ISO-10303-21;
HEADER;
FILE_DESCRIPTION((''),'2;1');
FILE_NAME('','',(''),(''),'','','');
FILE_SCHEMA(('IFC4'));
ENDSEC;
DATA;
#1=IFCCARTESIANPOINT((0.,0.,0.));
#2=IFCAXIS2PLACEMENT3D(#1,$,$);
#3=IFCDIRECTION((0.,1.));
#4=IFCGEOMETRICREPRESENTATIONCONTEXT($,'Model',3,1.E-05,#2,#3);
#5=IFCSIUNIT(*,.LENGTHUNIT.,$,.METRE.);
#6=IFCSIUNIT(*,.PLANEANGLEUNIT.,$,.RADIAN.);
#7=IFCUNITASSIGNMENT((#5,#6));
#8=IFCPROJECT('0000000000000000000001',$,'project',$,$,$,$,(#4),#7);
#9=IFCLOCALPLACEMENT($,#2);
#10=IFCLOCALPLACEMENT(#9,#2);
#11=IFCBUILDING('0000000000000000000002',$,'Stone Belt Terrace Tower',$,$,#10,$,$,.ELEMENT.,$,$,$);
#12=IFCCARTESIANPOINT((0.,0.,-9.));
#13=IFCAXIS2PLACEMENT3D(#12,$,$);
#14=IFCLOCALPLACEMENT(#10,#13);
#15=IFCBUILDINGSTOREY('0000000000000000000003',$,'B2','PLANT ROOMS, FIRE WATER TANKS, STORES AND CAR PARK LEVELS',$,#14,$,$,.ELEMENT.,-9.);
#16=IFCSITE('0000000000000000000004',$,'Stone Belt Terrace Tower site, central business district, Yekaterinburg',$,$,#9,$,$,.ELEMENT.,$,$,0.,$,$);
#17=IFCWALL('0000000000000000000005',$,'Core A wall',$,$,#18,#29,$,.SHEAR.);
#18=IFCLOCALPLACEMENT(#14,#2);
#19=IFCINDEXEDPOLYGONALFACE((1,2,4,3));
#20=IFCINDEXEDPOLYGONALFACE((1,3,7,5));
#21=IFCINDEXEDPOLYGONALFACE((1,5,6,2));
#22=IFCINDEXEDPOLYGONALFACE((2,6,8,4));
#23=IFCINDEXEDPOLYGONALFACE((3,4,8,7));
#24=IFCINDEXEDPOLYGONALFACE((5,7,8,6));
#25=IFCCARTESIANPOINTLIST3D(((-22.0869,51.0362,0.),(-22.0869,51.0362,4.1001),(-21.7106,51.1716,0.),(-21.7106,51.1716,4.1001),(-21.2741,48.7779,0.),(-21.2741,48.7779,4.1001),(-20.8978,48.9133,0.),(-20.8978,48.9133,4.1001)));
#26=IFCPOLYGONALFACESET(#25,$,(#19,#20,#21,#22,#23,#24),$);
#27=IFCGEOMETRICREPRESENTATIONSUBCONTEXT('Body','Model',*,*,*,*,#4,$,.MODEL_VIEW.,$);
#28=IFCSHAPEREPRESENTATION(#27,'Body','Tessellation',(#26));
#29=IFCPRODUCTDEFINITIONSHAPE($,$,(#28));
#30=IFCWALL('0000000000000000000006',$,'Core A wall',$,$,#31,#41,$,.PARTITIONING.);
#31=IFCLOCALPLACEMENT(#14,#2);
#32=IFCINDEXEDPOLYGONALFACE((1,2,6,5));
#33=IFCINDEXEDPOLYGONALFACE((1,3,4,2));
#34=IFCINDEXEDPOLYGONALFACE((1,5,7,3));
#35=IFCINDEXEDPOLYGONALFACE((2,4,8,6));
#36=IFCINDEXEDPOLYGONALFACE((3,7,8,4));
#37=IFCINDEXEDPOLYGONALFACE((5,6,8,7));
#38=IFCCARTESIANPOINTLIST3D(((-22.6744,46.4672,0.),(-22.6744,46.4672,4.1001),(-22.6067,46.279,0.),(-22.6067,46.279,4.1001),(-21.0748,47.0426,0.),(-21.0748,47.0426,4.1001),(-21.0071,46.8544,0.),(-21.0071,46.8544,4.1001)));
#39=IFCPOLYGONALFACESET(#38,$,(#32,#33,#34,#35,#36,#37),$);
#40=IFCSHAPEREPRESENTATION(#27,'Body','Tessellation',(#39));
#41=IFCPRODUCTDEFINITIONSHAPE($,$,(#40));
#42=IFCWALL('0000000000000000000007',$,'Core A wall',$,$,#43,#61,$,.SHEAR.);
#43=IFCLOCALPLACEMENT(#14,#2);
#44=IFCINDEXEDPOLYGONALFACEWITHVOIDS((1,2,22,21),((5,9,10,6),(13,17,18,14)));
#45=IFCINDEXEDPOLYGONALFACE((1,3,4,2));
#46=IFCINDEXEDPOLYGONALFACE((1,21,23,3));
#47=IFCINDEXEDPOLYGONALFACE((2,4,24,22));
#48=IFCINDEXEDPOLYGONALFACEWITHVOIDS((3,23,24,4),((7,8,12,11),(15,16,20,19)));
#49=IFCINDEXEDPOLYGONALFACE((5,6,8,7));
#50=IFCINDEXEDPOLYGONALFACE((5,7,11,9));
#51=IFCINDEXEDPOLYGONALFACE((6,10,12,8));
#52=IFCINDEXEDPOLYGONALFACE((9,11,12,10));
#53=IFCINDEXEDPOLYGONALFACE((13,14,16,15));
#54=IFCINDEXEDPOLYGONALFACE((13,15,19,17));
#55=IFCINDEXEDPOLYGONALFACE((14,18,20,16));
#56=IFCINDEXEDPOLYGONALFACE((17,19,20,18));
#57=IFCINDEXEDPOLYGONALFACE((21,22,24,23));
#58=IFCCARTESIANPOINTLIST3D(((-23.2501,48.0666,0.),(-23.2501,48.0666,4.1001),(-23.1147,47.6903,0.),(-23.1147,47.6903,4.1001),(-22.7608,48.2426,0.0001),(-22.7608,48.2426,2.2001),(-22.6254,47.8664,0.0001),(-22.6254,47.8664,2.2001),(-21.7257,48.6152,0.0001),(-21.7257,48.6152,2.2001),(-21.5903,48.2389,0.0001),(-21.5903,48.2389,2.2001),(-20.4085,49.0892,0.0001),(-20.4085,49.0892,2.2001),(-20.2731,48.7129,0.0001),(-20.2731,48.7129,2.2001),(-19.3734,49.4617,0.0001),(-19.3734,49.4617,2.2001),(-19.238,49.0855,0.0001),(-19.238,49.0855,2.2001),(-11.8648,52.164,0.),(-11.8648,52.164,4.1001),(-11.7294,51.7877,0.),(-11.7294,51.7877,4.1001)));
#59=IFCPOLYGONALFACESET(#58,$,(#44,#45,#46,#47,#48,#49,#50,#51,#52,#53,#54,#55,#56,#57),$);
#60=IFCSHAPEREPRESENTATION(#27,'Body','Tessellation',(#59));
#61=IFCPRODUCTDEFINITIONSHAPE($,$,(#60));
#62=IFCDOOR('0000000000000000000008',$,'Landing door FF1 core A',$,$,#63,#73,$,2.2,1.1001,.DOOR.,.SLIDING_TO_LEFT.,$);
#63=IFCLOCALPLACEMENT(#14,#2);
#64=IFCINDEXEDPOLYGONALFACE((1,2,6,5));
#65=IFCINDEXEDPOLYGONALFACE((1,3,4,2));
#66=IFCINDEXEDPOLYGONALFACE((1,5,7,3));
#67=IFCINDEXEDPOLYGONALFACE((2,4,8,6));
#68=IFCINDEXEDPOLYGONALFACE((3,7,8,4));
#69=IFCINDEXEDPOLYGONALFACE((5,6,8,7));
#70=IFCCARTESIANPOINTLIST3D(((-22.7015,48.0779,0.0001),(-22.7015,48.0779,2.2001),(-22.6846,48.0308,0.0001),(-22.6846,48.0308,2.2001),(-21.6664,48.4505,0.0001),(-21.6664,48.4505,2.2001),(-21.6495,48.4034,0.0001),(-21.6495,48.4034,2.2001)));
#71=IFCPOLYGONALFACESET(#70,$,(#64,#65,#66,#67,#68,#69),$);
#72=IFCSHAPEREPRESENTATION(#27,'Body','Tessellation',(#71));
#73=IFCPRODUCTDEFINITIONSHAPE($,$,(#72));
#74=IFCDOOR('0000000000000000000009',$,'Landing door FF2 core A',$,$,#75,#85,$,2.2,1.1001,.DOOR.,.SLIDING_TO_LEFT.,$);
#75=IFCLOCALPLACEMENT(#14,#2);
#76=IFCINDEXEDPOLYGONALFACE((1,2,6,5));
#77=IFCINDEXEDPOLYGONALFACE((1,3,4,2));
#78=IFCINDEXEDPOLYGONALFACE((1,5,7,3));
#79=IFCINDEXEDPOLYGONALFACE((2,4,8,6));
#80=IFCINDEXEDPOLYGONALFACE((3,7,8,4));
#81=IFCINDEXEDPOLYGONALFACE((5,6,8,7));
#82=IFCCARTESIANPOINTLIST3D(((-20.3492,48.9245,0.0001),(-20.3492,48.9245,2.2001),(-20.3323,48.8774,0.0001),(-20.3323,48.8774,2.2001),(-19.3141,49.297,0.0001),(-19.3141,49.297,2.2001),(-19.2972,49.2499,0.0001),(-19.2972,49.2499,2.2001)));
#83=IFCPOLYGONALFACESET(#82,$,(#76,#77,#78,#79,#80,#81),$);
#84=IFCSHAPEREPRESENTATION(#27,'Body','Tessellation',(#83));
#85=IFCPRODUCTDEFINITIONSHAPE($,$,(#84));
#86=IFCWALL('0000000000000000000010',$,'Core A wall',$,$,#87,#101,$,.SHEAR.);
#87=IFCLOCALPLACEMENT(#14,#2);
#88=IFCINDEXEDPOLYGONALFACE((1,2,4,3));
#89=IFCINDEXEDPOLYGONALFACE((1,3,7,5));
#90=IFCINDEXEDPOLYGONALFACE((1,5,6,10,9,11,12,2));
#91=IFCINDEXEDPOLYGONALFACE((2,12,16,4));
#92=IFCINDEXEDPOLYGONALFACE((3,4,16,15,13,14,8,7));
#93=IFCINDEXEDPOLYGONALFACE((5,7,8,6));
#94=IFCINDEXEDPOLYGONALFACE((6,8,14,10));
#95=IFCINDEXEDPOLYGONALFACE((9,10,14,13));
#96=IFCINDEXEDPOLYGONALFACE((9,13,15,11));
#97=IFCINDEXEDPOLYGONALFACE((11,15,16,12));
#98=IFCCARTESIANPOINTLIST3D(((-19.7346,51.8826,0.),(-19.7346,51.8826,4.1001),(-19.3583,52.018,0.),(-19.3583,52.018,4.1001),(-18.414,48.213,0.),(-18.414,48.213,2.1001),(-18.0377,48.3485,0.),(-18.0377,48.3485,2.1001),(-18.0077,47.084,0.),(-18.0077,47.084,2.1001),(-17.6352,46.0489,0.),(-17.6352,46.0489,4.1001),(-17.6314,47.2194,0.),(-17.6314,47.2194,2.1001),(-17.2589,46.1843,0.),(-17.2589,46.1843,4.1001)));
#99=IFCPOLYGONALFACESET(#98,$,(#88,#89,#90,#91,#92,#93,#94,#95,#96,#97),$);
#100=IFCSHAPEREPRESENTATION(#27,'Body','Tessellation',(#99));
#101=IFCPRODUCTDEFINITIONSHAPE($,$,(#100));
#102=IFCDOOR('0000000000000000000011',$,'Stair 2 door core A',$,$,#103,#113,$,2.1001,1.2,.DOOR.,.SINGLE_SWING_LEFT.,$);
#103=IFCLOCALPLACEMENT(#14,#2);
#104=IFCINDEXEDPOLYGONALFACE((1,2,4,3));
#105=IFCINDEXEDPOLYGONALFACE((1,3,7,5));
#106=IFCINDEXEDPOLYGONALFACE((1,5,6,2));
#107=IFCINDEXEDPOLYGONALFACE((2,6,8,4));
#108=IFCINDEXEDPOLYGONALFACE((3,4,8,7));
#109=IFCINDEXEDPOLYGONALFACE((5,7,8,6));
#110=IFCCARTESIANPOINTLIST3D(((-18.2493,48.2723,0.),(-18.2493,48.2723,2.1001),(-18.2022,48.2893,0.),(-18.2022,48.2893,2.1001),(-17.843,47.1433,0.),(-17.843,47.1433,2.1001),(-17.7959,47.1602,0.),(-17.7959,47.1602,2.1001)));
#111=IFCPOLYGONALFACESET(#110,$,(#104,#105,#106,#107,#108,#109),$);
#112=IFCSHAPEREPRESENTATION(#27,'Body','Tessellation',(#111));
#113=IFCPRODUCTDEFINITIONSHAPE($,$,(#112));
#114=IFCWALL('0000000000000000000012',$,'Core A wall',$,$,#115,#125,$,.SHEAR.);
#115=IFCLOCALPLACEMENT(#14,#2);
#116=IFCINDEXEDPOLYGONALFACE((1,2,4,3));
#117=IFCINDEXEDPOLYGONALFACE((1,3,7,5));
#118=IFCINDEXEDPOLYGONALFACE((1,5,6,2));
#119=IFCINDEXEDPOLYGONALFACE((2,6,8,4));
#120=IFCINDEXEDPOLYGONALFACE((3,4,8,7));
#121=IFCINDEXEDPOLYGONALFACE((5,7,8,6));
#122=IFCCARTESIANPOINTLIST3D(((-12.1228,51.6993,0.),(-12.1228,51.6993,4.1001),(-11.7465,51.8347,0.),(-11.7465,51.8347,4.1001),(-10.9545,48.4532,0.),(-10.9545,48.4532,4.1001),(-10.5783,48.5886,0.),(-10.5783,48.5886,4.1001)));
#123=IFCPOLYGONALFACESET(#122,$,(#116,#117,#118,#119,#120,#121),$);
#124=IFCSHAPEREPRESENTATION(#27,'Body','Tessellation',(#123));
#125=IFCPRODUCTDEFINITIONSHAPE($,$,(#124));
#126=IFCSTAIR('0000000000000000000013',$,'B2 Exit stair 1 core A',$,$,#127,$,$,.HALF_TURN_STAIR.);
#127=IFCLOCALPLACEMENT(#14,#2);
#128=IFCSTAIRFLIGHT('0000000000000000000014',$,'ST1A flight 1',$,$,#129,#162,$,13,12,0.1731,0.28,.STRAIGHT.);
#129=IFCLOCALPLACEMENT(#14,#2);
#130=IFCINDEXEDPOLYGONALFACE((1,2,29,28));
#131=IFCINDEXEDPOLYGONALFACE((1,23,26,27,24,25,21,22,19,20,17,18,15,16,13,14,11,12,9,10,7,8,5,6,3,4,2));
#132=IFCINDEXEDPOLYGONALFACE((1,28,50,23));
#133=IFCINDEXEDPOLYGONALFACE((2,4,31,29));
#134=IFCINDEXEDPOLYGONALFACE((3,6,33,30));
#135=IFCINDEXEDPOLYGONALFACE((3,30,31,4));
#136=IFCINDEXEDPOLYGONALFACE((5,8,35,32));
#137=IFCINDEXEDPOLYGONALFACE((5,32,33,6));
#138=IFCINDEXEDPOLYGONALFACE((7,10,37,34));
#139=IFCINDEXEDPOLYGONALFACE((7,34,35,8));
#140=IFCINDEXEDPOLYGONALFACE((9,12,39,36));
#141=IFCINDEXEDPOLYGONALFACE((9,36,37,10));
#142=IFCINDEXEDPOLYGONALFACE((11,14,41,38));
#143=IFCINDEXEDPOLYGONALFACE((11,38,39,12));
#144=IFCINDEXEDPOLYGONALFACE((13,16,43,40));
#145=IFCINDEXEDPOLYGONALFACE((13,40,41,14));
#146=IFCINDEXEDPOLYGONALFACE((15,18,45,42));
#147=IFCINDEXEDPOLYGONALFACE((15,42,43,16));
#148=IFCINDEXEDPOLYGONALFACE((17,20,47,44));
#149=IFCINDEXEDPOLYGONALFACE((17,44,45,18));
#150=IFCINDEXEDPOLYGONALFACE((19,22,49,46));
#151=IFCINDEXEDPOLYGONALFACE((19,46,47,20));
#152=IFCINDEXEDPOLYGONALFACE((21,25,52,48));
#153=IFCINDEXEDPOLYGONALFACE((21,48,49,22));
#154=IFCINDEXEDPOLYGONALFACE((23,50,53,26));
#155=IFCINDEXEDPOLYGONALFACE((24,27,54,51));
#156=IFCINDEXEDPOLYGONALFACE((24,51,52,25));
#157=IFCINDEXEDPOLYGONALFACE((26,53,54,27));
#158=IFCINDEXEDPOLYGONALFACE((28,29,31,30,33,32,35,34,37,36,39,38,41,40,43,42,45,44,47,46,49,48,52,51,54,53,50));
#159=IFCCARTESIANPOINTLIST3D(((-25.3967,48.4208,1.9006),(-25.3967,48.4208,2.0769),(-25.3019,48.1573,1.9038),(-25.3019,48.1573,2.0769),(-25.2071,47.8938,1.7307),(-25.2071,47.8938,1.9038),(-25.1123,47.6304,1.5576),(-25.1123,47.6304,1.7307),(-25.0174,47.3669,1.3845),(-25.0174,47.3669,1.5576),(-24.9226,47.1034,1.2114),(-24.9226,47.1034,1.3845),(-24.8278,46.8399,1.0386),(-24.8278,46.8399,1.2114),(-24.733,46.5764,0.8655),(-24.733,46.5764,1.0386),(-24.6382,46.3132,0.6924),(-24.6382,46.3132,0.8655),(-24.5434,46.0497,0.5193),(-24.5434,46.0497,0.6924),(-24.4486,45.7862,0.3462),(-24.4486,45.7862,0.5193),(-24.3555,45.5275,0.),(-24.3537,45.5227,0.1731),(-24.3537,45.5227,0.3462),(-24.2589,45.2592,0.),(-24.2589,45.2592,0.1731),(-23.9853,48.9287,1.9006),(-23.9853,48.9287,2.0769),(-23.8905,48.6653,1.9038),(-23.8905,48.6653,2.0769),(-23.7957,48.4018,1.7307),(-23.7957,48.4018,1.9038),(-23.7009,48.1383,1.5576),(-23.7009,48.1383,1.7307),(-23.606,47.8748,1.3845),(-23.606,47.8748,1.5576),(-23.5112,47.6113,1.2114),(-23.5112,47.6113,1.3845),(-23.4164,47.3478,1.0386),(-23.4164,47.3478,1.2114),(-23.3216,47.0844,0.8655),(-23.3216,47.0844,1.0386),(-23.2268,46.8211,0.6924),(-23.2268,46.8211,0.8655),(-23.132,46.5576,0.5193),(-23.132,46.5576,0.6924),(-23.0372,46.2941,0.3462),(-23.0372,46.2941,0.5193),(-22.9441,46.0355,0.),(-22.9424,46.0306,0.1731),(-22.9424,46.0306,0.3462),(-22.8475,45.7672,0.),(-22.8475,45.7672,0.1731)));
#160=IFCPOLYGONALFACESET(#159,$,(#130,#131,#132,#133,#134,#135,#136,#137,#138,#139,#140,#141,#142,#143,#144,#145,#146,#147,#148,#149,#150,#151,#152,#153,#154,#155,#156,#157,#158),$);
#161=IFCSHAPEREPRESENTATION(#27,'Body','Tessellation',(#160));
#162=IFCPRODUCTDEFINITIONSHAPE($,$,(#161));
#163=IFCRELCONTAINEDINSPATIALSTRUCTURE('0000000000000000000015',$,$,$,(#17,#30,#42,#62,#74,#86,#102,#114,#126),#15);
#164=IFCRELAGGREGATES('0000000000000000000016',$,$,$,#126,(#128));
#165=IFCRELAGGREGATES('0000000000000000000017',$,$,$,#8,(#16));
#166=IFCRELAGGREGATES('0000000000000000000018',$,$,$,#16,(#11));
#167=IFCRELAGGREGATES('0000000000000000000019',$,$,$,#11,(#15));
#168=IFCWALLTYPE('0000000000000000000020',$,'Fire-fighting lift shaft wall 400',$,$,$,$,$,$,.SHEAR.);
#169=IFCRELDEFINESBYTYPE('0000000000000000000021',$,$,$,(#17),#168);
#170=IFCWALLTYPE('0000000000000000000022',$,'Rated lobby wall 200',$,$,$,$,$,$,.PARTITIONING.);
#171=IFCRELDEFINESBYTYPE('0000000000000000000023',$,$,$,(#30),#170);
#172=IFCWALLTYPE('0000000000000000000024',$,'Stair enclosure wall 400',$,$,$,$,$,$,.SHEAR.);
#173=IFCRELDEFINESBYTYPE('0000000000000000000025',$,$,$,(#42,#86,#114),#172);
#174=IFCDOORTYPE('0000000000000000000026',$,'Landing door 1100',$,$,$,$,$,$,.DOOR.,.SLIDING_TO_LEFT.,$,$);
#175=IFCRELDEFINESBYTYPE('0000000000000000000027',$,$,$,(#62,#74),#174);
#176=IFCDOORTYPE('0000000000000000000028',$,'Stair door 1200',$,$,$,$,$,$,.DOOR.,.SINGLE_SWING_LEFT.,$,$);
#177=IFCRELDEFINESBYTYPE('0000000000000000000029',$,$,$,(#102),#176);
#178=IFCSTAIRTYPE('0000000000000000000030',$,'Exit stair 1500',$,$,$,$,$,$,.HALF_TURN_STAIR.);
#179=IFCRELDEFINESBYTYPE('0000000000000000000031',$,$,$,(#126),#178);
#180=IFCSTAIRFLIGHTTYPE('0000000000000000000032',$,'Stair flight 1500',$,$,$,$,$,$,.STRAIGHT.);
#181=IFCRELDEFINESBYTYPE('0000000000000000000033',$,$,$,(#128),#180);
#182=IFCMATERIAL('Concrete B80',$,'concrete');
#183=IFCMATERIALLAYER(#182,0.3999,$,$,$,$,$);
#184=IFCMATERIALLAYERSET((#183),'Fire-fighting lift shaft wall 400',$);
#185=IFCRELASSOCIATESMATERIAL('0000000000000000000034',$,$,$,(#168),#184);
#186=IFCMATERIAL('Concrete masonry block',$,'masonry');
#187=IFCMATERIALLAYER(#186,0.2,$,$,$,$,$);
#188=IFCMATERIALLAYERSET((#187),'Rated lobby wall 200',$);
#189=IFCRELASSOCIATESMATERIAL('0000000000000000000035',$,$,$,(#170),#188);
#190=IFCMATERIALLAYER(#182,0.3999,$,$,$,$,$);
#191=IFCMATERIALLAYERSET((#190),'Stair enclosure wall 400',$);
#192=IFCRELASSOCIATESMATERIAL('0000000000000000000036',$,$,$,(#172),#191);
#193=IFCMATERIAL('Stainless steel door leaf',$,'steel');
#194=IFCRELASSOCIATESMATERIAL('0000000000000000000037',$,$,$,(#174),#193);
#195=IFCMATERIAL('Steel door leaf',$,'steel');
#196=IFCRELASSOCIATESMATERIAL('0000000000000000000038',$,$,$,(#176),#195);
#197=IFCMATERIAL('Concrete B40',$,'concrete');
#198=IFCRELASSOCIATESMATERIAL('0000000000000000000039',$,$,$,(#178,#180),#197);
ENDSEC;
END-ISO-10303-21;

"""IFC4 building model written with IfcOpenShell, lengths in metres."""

from ifc_helpers import new_model, si_unit, direction, frame, frame_2d, origin, place, context, subcontext, project, spatial, polyline, rectangle, outline, extrude, material, layer, layer_set, type_object, element, fill, aggregate, save


model = new_model("IFC4")

# Units and contexts
model_context = context("Model", 3, precision=1e-05, world=origin(), true_north=direction((0.0, 1.0)))
body_context = subcontext(model_context, "Body", "Model", "MODEL_VIEW")
ifc_project = project(units=[si_unit("LENGTHUNIT", "METRE"), si_unit("PLANEANGLEUNIT", "RADIAN")], contexts=[model_context])

# Site, building, storey
site_placement = place(None, origin())
site = spatial("IfcSite", under=ifc_project, at=site_placement, Name="Stone Belt Terrace Tower site, central business district, Yekaterinburg", CompositionType="ELEMENT", RefElevation=0.0)
building_placement = place(site_placement, origin())
building = spatial("IfcBuilding", under=site, at=building_placement, Name="Stone Belt Terrace Tower", CompositionType="ELEMENT")
storey_placement = place(building_placement, frame((0.0, 0.0, -9.0)))
storey = spatial("IfcBuildingStorey", under=building, at=storey_placement, Name="B2", Description="PLANT ROOMS, FIRE WATER TANKS, STORES AND CAR PARK LEVELS", CompositionType="ELEMENT", Elevation=-9.0)

# Shared definitions
ifc_material_1 = material(Name="Concrete B80", Category="concrete")

# Walls
ifc_layer_1 = layer(ifc_material_1, 0.3999)
ifc_layer_set_1 = layer_set([ifc_layer_1], Name="Fire-fighting lift shaft wall 400")
wall_type_1 = type_object("IfcWallType", Name="Fire-fighting lift shaft wall 400", PredefinedType="SHEAR", material=ifc_layer_set_1)
wall_1_placement = place(storey_placement, frame((-21.0859, 48.8455, 0.0), z_axis=(0.0, 0.0, 1.0), x_axis=(-0.338629, 0.94092, 0.0)))
element("IfcWall", 1, at=wall_1_placement, inside=storey, type_object=wall_type_1, Name="Core A wall", PredefinedType="SHEAR", context=body_context, shape_type="SweptSolid", body=[
    extrude(rectangle(XDim=2.4001, YDim=0.3999, at=frame_2d((1.2002, 0.0))), origin(), (0.0, 0.0, 1.0), 4.1001),
])
ifc_material_2 = material(Name="Concrete masonry block", Category="masonry")
ifc_layer_2 = layer(ifc_material_2, 0.2)
ifc_layer_set_2 = layer_set([ifc_layer_2], Name="Rated lobby wall 200")
wall_type_2 = type_object("IfcWallType", Name="Rated lobby wall 200", PredefinedType="PARTITIONING", material=ifc_layer_set_2)
wall_2_placement = place(storey_placement, frame((-22.6406, 46.373, 0.0), z_axis=(0.0, 0.0, 1.0), x_axis=(0.940966, 0.338501, 0.0)))
element("IfcWall", 2, at=wall_2_placement, inside=storey, type_object=wall_type_2, Name="Core A wall", PredefinedType="PARTITIONING", context=body_context, shape_type="SweptSolid", body=[
    extrude(rectangle(XDim=1.7, YDim=0.2, at=frame_2d((0.8501, 0.0))), origin(), (0.0, 0.0, 1.0), 4.1001),
])

# Wall, openings, doors
ifc_layer_3 = layer(ifc_material_1, 0.3999)
ifc_layer_set_3 = layer_set([ifc_layer_3], Name="Stair enclosure wall 400")
wall_type_3 = type_object("IfcWallType", Name="Stair enclosure wall 400", PredefinedType="SHEAR", material=ifc_layer_set_3)
wall_3_placement = place(storey_placement, frame((-23.1824, 47.8784, 0.0), z_axis=(0.0, 0.0, 1.0), x_axis=(0.940921, 0.338626, 0.0)))
wall_3 = element("IfcWall", 3, at=wall_3_placement, inside=storey, type_object=wall_type_3, Name="Core A wall", PredefinedType="SHEAR", context=body_context, shape_type="SweptSolid", body=[
    extrude(rectangle(XDim=12.1001, YDim=0.3999, at=frame_2d((6.05, 0.0))), origin(), (0.0, 0.0, 1.0), 4.1001),
])
opening_1_placement = place(wall_3_placement, frame((0.52, 0.0, 0.0)))
opening_1 = element("IfcOpeningElement", 4, at=opening_1_placement, cuts=wall_3, PredefinedType="OPENING", context=body_context, shape_type="SweptSolid", body=[
    extrude(rectangle(XDim=1.1001, YDim=2.2, at=frame_2d((0.55, 1.1001))), frame((0.0, 0.21, 0.0), z_axis=(0.0, -1.0, 0.0), x_axis=(1.0, 0.0, 0.0)), (0.0, 0.0, 1.0), 0.4199),
])
opening_2_placement = place(wall_3_placement, frame((3.02, 0.0, 0.0)))
opening_2 = element("IfcOpeningElement", 5, at=opening_2_placement, cuts=wall_3, PredefinedType="OPENING", context=body_context, shape_type="SweptSolid", body=[
    extrude(rectangle(XDim=1.1001, YDim=2.2, at=frame_2d((0.55, 1.1001))), frame((0.0, 0.21, 0.0), z_axis=(0.0, -1.0, 0.0), x_axis=(1.0, 0.0, 0.0)), (0.0, 0.0, 1.0), 0.4199),
])
ifc_material_3 = material(Name="Stainless steel door leaf", Category="steel")
door_type_1 = type_object("IfcDoorType", Name="Landing door 1100", OperationType="SLIDING_TO_LEFT", PredefinedType="DOOR", material=ifc_material_3)
door_1_placement = place(opening_1_placement, origin())
door_1 = element("IfcDoor", 6, at=door_1_placement, inside=storey, type_object=door_type_1, Name="Landing door FF1 core A", OperationType="SLIDING_TO_LEFT", OverallHeight=2.2, OverallWidth=1.1001, PredefinedType="DOOR", context=body_context, shape_type="SweptSolid", body=[
    extrude(rectangle(XDim=1.1001, YDim=2.2, at=frame_2d((0.55, 1.1001))), frame((0.0, 0.0249, 0.0), z_axis=(0.0, -1.0, 0.0), x_axis=(1.0, 0.0, 0.0)), (0.0, 0.0, 1.0), 0.05),
])
fill(opening_1, door_1)
door_2_placement = place(opening_2_placement, origin())
door_2 = element("IfcDoor", 7, at=door_2_placement, inside=storey, type_object=door_type_1, Name="Landing door FF2 core A", OperationType="SLIDING_TO_LEFT", OverallHeight=2.2, OverallWidth=1.1001, PredefinedType="DOOR", context=body_context, shape_type="SweptSolid", body=[
    extrude(rectangle(XDim=1.1001, YDim=2.2, at=frame_2d((0.55, 1.1001))), frame((0.0, 0.0249, 0.0), z_axis=(0.0, -1.0, 0.0), x_axis=(1.0, 0.0, 0.0)), (0.0, 0.0, 1.0), 0.05),
])
fill(opening_2, door_2)

# Wall, opening, door
wall_4_placement = place(storey_placement, frame((-17.447, 46.1165, 0.0), z_axis=(0.0, 0.0, 1.0), x_axis=(-0.338608, 0.940928, 0.0)))
wall_4 = element("IfcWall", 8, at=wall_4_placement, inside=storey, type_object=wall_type_3, Name="Core A wall", PredefinedType="SHEAR", context=body_context, shape_type="SweptSolid", body=[
    extrude(rectangle(XDim=6.2, YDim=0.3999, at=frame_2d((3.1001, 0.0))), origin(), (0.0, 0.0, 1.0), 4.1001),
])
opening_3_placement = place(wall_4_placement, frame((1.1001, 0.0, 0.0)))
opening_3 = element("IfcOpeningElement", 9, at=opening_3_placement, cuts=wall_4, PredefinedType="OPENING", context=body_context, shape_type="SweptSolid", body=[
    extrude(rectangle(XDim=1.2, YDim=2.1001, at=frame_2d((0.6001, 1.05))), frame((0.0, 0.21, 0.0), z_axis=(0.0, -1.0, 0.0), x_axis=(1.0, 0.0, 0.0)), (0.0, 0.0, 1.0), 0.4199),
])
ifc_material_4 = material(Name="Steel door leaf", Category="steel")
door_type_2 = type_object("IfcDoorType", Name="Stair door 1200", OperationType="SINGLE_SWING_LEFT", PredefinedType="DOOR", material=ifc_material_4)
door_3_placement = place(opening_3_placement, origin())
door_3 = element("IfcDoor", 10, at=door_3_placement, inside=storey, type_object=door_type_2, Name="Stair 2 door core A", OperationType="SINGLE_SWING_LEFT", OverallHeight=2.1001, OverallWidth=1.2, PredefinedType="DOOR", context=body_context, shape_type="SweptSolid", body=[
    extrude(rectangle(XDim=1.2, YDim=2.1001, at=frame_2d((0.6001, 1.05))), frame((0.0, 0.0249, 0.0), z_axis=(0.0, -1.0, 0.0), x_axis=(1.0, 0.0, 0.0)), (0.0, 0.0, 1.0), 0.05),
])
fill(opening_3, door_3)

# Wall
wall_5_placement = place(storey_placement, frame((-10.7664, 48.5208, 0.0), z_axis=(0.0, 0.0, 1.0), x_axis=(-0.338622, 0.940923, 0.0)))
element("IfcWall", 11, at=wall_5_placement, inside=storey, type_object=wall_type_3, Name="Core A wall", PredefinedType="SHEAR", context=body_context, shape_type="SweptSolid", body=[
    extrude(rectangle(XDim=3.45, YDim=0.3999, at=frame_2d((1.7251, 0.0))), origin(), (0.0, 0.0, 1.0), 4.1001),
])

# Stair, stair flight
ifc_material_5 = material(Name="Concrete B40", Category="concrete")
stair_type = type_object("IfcStairType", Name="Exit stair 1500", PredefinedType="HALF_TURN_STAIR", material=ifc_material_5)
stair_1_placement = place(storey_placement, origin())
stair_1 = element("IfcStair", 12, at=stair_1_placement, inside=storey, type_object=stair_type, Name="B2 Exit stair 1 core A", PredefinedType="HALF_TURN_STAIR")
stair_flight_type = type_object("IfcStairFlightType", Name="Stair flight 1500", PredefinedType="STRAIGHT", material=ifc_material_5)
stair_flight_1_placement = place(storey_placement, frame((-23.5532, 45.5132, 0.0), z_axis=(0.0, 0.0, 1.0), x_axis=(-0.338624, 0.940922, 0.0)))
stair_flight_1 = element("IfcStairFlight", 13, at=stair_flight_1_placement, type_object=stair_flight_type, Name="ST1A flight 1", NumberOfRisers=13, NumberOfTreads=12, PredefinedType="STRAIGHT", RiserHeight=0.1731, TreadLength=0.28, context=body_context, shape_type="SweptSolid", body=[
    extrude(outline(polyline([(0.0, 0.0), (0.0, 0.1731), (0.28, 0.1731), (0.28, 0.3462), (0.5601, 0.3462), (0.5601, 0.5193), (0.8401, 0.5193), (0.8401, 0.6924), (1.1201, 0.6924), (1.1201, 0.8655), (1.3999, 0.8655), (1.3999, 1.0386), (1.6799, 1.0386), (1.6799, 1.2114), (1.96, 1.2114), (1.96, 1.3845), (2.24, 1.3845), (2.24, 1.5576), (2.52, 1.5576), (2.52, 1.7307), (2.8, 1.7307), (2.8, 1.9038), (3.0801, 1.9038), (3.0801, 2.0769), (3.3601, 2.0769), (3.3601, 2.25), (3.3601, 1.9006), (0.2852, 0.0), (0.0, 0.0)])), frame((0.0, 0.75, 0.0), z_axis=(0.0, -1.0, 0.0), x_axis=(1.0, 0.0, 0.0)), (0.0, 0.0, 1.0), 1.5),
])
aggregate(stair_1, [stair_flight_1])

save(model, "model.ifc")
